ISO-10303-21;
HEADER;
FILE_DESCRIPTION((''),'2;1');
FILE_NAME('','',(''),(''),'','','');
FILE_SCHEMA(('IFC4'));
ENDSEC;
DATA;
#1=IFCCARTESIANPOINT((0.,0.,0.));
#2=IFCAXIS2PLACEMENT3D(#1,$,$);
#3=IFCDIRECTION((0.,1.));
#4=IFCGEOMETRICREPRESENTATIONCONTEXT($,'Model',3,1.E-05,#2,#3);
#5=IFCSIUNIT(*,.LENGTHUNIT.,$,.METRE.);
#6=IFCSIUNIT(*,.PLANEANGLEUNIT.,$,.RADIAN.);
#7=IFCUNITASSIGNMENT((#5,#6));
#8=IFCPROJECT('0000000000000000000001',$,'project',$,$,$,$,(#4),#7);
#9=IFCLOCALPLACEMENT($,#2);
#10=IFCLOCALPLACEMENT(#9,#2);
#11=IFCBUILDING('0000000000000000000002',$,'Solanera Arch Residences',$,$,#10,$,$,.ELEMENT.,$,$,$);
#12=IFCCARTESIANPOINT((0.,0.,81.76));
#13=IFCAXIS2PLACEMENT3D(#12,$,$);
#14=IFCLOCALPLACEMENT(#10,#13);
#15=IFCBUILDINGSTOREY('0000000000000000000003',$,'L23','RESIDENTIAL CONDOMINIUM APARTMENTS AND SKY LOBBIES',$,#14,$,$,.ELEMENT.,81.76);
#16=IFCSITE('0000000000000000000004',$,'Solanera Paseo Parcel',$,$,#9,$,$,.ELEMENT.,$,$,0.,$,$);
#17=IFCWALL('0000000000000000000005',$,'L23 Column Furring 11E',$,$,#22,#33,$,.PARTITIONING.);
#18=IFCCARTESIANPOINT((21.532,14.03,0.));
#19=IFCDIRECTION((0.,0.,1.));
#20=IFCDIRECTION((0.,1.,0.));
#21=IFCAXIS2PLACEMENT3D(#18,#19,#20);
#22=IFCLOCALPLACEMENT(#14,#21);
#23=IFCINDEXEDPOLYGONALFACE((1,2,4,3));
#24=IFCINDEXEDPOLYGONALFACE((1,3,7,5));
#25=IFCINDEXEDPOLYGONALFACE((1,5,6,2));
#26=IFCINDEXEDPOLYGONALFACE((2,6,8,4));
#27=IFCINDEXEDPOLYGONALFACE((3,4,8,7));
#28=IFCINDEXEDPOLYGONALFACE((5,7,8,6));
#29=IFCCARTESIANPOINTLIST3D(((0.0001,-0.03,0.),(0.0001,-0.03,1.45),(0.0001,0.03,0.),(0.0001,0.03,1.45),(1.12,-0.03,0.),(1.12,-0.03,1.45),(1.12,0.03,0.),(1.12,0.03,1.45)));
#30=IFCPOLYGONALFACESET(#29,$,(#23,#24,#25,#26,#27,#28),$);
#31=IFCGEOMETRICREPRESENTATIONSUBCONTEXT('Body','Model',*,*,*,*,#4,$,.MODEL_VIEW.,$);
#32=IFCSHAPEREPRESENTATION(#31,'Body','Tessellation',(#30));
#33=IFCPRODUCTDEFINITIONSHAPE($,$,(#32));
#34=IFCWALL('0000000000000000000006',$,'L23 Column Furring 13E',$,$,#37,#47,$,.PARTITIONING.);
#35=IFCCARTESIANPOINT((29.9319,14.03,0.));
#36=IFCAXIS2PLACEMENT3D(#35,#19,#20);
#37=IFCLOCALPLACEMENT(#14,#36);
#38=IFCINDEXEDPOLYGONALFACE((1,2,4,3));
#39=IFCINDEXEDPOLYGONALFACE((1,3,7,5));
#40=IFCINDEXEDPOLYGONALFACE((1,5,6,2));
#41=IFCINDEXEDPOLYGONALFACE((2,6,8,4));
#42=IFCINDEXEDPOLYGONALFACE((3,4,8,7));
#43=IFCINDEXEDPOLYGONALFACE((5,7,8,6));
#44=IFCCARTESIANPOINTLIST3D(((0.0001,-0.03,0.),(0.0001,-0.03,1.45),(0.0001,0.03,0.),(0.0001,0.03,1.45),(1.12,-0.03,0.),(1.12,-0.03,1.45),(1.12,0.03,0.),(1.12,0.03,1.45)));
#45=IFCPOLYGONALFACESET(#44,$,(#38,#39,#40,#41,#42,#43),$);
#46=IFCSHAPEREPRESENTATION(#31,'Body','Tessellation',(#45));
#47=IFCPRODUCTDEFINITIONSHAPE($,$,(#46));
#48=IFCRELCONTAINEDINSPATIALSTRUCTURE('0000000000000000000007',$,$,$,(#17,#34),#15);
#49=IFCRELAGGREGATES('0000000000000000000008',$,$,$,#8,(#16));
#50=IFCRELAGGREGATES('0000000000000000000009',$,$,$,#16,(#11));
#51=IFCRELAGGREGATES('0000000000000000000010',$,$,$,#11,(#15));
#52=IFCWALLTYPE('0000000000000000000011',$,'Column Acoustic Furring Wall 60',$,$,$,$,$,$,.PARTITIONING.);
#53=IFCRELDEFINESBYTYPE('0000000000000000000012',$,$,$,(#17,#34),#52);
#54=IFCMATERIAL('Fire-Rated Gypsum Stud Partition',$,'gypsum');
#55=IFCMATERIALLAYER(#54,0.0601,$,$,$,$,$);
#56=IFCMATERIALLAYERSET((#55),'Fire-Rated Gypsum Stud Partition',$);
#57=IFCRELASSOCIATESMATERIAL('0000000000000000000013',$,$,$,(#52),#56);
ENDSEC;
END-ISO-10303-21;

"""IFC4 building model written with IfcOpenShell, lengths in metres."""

from ifc_helpers import new_model, si_unit, direction, frame, frame_2d, origin, place, context, subcontext, project, spatial, rectangle, extrude, material, layer, layer_set, type_object, element, save


model = new_model("IFC4")

# Units and contexts
model_context = context("Model", 3, precision=1e-05, world=origin(), true_north=direction((0.0, 1.0)))
body_context = subcontext(model_context, "Body", "Model", "MODEL_VIEW")
ifc_project = project(units=[si_unit("LENGTHUNIT", "METRE"), si_unit("PLANEANGLEUNIT", "RADIAN")], contexts=[model_context])

# Site, building, storey
site_placement = place(None, origin())
site = spatial("IfcSite", under=ifc_project, at=site_placement, Name="Solanera Paseo Parcel", CompositionType="ELEMENT", RefElevation=0.0)
building_placement = place(site_placement, origin())
building = spatial("IfcBuilding", under=site, at=building_placement, Name="Solanera Arch Residences", CompositionType="ELEMENT")
storey_placement = place(building_placement, frame((0.0, 0.0, 81.76)))
storey = spatial("IfcBuildingStorey", under=building, at=storey_placement, Name="L23", Description="RESIDENTIAL CONDOMINIUM APARTMENTS AND SKY LOBBIES", CompositionType="ELEMENT", Elevation=81.76)

# Walls
ifc_material_1 = material(Name="Fire-Rated Gypsum Stud Partition", Category="gypsum")
ifc_layer_1 = layer(ifc_material_1, 0.0601)
ifc_layer_set_1 = layer_set([ifc_layer_1], Name="Fire-Rated Gypsum Stud Partition")
wall_type_1 = type_object("IfcWallType", Name="Column Acoustic Furring Wall 60", PredefinedType="PARTITIONING", material=ifc_layer_set_1)
wall_1_placement = place(storey_placement, frame((21.532, 14.03, 0.0), z_axis=(0.0, 0.0, 1.0), x_axis=(0.0, 1.0, 0.0)))
element("IfcWall", 1, at=wall_1_placement, inside=storey, type_object=wall_type_1, Name="L23 Column Furring 11E", PredefinedType="PARTITIONING", context=body_context, shape_type="SweptSolid", body=[
    extrude(rectangle(XDim=1.1199, YDim=0.0601, at=frame_2d((0.5601, 0.0))), origin(), (0.0, 0.0, 1.0), 1.45),
])
wall_2_placement = place(storey_placement, frame((29.9319, 14.03, 0.0), z_axis=(0.0, 0.0, 1.0), x_axis=(0.0, 1.0, 0.0)))
element("IfcWall", 2, at=wall_2_placement, inside=storey, type_object=wall_type_1, Name="L23 Column Furring 13E", PredefinedType="PARTITIONING", context=body_context, shape_type="SweptSolid", body=[
    extrude(rectangle(XDim=1.1199, YDim=0.0601, at=frame_2d((0.5601, 0.0))), origin(), (0.0, 0.0, 1.0), 1.45),
])

save(model, "model.ifc")
